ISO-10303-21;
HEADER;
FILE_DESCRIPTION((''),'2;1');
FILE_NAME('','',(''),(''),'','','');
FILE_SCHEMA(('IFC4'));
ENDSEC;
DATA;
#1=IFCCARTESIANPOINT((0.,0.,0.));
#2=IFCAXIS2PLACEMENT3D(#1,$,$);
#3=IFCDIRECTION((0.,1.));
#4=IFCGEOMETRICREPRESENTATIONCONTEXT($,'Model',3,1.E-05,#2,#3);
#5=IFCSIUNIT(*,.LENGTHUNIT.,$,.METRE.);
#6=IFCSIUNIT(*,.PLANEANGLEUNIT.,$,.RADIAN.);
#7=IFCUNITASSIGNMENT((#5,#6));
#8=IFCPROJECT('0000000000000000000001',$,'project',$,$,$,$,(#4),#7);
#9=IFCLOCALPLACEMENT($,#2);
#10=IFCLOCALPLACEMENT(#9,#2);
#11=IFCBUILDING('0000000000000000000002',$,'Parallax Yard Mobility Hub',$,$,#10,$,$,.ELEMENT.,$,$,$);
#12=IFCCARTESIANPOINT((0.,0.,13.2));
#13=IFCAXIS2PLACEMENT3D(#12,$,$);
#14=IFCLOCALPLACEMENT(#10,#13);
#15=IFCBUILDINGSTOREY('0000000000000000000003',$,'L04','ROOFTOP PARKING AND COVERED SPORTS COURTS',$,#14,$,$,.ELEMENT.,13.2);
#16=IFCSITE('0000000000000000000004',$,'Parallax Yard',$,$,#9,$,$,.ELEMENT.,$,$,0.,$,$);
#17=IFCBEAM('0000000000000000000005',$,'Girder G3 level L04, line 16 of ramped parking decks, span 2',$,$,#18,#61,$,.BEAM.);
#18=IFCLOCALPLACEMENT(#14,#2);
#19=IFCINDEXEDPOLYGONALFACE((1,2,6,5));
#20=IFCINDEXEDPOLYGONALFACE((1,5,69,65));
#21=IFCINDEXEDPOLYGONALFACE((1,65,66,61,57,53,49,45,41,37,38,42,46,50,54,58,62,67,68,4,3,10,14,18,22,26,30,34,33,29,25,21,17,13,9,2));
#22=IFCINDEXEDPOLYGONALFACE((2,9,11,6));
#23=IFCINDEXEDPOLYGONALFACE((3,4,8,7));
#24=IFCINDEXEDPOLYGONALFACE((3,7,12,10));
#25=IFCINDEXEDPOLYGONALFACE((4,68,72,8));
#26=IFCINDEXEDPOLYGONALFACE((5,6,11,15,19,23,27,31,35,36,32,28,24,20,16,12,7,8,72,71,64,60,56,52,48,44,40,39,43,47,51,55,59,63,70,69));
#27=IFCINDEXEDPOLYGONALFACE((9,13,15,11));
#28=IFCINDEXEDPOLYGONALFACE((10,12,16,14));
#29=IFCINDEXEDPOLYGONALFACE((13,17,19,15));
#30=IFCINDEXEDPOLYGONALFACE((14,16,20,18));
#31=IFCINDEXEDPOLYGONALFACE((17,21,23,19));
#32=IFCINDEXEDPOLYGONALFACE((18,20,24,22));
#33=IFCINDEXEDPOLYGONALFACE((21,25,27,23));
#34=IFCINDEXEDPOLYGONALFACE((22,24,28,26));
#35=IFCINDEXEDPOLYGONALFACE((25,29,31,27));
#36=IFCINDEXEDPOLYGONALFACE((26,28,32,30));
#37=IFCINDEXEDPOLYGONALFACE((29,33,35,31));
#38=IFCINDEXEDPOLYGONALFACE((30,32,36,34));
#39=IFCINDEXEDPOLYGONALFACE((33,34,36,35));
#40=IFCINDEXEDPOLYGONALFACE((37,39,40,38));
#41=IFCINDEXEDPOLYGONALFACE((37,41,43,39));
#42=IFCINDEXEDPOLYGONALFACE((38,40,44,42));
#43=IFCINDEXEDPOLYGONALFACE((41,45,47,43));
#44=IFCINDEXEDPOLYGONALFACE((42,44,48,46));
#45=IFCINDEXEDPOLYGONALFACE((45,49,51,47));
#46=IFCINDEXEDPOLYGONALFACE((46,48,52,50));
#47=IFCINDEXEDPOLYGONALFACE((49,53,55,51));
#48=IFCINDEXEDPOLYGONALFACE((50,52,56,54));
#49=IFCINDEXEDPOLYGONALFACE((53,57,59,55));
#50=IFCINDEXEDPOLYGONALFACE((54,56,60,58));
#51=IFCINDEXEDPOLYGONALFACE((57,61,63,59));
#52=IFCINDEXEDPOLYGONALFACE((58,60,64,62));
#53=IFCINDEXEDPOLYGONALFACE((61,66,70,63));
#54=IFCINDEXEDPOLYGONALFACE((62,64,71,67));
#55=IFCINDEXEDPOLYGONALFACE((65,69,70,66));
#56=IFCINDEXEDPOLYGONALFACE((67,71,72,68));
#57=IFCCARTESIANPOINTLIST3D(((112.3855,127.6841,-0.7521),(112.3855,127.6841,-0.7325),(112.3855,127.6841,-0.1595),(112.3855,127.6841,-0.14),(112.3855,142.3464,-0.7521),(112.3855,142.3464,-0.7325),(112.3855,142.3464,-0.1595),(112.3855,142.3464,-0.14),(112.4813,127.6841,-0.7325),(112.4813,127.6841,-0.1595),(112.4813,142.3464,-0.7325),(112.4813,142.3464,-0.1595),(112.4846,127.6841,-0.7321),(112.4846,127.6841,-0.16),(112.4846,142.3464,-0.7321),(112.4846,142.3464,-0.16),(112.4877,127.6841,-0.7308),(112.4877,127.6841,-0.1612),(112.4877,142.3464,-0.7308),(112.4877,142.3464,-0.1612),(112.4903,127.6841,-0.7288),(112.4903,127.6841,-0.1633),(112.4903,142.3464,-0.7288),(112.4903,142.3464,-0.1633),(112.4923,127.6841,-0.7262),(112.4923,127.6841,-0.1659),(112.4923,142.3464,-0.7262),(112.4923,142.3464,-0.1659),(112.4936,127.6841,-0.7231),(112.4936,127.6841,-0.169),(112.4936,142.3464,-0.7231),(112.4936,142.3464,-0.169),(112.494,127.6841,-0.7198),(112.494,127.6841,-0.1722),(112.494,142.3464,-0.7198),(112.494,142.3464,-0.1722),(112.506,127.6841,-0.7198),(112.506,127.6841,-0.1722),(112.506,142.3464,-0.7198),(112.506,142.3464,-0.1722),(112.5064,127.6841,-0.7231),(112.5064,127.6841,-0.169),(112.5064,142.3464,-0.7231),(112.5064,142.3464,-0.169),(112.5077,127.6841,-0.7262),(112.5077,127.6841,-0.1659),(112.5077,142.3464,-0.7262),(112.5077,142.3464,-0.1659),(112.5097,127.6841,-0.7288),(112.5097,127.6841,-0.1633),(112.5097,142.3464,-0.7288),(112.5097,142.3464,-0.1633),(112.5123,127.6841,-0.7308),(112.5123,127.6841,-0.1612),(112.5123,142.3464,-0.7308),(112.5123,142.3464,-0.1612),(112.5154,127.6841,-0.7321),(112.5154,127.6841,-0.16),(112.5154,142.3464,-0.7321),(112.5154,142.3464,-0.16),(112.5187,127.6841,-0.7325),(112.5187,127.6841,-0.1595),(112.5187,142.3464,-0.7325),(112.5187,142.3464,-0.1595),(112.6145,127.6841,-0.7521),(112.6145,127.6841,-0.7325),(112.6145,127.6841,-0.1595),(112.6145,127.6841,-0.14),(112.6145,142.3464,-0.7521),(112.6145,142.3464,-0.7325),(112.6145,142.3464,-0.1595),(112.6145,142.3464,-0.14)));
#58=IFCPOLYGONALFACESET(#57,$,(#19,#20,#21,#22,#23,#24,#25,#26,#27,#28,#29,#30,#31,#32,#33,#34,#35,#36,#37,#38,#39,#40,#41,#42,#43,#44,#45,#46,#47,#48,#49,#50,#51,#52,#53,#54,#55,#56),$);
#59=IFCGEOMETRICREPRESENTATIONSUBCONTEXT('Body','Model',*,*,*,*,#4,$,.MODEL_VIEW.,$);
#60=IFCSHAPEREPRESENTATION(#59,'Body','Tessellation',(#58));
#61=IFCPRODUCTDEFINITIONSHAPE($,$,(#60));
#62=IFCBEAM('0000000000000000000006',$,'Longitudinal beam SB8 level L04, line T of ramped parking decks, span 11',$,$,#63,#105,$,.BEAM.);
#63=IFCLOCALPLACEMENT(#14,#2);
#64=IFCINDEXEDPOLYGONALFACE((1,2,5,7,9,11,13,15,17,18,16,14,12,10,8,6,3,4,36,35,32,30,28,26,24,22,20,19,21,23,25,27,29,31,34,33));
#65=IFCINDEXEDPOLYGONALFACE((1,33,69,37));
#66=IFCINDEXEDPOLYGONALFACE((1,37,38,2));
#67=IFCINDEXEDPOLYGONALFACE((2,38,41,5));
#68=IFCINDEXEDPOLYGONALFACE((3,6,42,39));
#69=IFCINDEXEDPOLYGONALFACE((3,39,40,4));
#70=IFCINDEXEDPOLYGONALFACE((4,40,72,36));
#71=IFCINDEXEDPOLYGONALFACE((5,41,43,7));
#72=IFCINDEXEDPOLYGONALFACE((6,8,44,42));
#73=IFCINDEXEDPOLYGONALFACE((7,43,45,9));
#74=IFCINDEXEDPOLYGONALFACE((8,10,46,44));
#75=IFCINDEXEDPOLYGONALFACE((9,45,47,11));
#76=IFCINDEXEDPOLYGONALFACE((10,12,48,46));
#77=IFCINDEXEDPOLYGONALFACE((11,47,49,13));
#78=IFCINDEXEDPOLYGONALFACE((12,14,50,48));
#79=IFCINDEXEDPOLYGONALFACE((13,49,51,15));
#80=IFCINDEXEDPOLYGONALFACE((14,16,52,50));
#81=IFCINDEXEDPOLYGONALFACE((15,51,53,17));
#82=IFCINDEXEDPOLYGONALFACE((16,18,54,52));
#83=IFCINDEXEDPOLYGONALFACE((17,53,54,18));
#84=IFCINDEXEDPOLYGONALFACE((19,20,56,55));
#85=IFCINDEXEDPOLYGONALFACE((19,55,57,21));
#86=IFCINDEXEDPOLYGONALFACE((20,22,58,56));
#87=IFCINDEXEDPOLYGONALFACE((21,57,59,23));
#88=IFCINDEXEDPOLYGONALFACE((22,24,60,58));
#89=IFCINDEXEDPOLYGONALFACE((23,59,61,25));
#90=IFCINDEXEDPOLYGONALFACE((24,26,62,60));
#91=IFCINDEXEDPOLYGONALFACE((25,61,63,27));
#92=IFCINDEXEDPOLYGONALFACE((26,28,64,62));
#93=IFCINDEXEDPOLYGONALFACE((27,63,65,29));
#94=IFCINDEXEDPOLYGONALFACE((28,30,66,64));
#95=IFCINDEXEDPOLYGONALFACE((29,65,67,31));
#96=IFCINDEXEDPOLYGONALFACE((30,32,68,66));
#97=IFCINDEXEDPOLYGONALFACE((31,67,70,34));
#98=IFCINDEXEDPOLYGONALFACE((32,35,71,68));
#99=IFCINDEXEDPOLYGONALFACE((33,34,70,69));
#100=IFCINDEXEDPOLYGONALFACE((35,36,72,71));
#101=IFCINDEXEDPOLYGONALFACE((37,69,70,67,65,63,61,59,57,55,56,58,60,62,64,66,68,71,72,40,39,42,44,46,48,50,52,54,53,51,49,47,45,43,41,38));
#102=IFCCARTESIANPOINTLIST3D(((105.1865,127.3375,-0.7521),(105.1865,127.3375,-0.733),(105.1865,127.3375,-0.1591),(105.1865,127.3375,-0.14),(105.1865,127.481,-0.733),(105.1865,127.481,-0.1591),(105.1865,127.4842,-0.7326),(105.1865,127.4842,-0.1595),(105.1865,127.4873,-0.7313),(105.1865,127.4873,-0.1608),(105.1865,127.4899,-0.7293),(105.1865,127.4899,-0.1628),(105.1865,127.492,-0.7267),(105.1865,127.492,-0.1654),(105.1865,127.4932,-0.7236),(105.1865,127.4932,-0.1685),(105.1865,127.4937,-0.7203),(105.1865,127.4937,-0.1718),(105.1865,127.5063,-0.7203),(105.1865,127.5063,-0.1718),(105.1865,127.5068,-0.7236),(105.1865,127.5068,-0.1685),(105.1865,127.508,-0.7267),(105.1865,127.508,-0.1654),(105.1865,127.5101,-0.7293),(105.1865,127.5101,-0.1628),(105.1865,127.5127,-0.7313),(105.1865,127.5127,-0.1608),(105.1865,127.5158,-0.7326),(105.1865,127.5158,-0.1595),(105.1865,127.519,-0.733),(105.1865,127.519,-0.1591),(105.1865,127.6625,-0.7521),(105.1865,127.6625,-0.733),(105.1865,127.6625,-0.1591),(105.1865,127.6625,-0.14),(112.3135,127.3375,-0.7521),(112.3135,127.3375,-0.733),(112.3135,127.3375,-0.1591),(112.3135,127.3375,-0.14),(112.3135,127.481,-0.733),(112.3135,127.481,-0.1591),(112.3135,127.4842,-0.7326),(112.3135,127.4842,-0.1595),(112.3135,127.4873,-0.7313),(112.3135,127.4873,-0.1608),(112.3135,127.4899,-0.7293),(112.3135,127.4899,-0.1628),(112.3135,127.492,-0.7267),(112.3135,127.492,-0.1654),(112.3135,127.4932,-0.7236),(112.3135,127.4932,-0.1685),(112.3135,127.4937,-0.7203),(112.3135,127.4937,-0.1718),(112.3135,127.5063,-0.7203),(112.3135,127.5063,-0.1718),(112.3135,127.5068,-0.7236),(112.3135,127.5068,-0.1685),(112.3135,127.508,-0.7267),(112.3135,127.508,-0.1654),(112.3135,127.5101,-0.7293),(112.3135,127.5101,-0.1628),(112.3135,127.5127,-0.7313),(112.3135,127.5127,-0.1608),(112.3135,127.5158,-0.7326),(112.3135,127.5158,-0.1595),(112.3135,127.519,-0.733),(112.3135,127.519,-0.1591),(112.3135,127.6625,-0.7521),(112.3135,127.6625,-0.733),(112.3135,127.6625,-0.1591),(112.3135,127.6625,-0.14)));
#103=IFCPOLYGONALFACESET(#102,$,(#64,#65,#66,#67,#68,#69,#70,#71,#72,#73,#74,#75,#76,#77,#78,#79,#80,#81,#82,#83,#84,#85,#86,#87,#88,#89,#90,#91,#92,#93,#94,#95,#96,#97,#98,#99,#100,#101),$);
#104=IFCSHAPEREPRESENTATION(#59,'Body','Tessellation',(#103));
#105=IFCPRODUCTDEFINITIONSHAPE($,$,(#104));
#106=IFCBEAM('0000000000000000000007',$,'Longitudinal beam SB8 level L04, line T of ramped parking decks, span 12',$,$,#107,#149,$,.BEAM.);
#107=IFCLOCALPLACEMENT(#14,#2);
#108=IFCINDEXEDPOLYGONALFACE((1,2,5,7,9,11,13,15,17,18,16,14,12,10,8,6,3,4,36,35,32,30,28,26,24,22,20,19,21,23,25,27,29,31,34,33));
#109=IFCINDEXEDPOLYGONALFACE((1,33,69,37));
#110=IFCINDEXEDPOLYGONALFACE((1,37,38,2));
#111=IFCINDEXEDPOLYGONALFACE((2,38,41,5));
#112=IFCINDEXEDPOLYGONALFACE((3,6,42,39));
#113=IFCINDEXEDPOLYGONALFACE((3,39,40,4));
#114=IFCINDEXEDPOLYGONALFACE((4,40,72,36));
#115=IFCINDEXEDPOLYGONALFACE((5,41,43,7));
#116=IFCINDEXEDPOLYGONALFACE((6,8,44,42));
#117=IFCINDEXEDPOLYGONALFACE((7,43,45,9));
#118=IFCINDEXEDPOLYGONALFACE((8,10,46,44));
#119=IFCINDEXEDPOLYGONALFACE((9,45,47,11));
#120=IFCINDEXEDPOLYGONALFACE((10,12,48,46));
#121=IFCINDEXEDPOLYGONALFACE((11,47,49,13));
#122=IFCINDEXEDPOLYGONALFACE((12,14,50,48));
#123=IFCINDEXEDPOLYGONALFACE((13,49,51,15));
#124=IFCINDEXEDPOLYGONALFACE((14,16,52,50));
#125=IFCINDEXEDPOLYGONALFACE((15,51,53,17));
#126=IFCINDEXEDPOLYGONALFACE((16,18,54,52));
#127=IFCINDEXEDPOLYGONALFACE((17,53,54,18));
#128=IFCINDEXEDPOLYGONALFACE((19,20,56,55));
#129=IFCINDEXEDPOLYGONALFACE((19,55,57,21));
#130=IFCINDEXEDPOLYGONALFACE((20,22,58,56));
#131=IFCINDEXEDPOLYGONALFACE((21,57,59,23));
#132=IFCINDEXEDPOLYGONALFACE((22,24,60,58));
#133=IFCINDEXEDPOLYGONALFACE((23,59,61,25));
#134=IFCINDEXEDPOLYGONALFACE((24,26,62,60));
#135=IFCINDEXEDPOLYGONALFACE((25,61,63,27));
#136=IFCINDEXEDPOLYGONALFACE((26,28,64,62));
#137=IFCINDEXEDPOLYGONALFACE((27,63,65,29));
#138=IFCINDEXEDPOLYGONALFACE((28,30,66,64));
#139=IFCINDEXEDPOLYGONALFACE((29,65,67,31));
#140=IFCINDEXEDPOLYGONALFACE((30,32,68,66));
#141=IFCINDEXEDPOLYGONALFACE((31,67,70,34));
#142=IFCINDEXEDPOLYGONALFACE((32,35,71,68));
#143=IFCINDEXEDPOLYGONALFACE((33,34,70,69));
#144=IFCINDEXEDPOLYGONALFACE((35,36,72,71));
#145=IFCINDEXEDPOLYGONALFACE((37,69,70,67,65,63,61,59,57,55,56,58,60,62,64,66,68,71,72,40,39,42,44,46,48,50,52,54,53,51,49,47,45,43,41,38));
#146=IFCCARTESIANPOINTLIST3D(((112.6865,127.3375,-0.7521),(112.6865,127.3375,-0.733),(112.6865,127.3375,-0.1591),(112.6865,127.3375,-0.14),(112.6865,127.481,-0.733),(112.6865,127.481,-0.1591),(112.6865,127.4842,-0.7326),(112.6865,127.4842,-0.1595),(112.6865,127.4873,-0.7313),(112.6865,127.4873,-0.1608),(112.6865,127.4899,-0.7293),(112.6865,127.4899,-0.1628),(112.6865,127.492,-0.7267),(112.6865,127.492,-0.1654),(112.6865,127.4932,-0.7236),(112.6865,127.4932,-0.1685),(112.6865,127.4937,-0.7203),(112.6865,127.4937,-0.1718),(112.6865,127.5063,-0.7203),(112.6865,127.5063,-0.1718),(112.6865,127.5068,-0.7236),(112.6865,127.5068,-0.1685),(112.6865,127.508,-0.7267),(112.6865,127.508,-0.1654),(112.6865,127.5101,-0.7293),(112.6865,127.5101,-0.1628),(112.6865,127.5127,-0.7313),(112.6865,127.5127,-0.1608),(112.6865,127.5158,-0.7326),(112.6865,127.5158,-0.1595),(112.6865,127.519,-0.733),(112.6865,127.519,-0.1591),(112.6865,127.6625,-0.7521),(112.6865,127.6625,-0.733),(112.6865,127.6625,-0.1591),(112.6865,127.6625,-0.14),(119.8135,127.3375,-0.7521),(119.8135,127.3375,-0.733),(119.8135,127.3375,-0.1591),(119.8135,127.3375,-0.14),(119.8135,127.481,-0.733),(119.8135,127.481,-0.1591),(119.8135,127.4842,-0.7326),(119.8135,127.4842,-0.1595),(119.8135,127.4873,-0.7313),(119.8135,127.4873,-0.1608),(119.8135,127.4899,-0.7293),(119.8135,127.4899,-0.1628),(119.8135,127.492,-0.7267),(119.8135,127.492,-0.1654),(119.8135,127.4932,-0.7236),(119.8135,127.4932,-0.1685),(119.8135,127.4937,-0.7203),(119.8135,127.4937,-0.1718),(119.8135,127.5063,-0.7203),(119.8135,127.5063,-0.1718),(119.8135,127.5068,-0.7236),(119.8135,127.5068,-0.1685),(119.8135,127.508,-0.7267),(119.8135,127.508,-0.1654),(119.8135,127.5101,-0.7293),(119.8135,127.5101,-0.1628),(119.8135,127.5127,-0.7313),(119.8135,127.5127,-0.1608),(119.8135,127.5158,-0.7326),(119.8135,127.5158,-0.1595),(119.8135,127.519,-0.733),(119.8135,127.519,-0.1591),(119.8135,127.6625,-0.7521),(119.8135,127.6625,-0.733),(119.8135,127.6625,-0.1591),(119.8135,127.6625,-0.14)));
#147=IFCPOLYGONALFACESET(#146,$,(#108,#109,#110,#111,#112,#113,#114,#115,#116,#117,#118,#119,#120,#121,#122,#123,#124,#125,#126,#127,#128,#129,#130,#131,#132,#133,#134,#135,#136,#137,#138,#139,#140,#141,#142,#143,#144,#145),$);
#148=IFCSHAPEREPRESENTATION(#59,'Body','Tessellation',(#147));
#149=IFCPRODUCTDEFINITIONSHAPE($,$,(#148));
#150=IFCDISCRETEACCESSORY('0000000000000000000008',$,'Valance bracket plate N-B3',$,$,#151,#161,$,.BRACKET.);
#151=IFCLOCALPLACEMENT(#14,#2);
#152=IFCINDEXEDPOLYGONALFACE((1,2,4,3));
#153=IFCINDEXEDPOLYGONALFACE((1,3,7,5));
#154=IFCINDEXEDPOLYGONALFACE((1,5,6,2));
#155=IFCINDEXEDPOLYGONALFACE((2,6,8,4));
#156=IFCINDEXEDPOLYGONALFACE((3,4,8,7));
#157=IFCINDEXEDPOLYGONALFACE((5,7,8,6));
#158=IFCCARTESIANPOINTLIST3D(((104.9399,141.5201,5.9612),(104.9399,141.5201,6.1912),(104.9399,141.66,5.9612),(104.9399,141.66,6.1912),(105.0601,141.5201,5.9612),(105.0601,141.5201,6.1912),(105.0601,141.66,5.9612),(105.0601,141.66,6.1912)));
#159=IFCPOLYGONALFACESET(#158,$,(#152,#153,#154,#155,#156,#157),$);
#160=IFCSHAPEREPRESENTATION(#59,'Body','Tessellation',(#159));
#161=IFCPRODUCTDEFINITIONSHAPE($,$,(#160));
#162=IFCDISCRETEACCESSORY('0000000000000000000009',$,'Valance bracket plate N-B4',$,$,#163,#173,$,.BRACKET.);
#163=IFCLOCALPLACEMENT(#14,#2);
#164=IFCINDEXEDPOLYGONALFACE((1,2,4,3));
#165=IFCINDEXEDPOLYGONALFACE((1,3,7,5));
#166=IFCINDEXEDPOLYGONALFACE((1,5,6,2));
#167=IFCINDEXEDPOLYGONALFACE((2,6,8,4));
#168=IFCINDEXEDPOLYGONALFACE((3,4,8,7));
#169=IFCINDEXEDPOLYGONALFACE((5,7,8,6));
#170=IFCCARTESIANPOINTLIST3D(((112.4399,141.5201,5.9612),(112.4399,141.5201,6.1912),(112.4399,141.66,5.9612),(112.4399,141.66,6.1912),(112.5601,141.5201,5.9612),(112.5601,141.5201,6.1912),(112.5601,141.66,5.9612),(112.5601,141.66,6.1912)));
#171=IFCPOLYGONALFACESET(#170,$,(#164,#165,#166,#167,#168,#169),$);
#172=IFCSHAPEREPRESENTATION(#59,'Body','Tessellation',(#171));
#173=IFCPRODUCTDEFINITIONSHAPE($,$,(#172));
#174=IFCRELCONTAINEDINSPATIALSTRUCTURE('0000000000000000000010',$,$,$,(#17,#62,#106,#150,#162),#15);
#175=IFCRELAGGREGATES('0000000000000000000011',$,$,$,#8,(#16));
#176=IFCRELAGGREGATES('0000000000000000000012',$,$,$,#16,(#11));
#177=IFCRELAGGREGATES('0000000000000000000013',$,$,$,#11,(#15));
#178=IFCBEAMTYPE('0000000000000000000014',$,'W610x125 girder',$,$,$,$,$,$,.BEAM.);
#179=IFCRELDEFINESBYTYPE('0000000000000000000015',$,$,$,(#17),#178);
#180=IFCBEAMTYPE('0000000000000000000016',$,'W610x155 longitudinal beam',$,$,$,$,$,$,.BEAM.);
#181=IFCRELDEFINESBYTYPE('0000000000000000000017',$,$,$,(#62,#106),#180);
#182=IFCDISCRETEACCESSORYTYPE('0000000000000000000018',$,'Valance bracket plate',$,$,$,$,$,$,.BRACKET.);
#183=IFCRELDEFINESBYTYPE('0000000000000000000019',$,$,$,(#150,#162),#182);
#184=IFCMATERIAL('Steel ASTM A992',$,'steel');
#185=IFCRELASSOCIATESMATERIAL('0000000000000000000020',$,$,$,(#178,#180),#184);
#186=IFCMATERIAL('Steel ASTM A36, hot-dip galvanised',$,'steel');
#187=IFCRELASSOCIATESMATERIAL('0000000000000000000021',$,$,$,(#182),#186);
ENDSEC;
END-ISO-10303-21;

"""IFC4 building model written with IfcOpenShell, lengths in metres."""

from ifc_helpers import new_model, si_unit, direction, frame, origin, origin_2d, place, context, subcontext, project, spatial, rectangle, i_section, extrude, material, material_profile, profile_set, type_object, element, save


model = new_model("IFC4")

# Units and contexts
model_context = context("Model", 3, precision=1e-05, world=origin(), true_north=direction((0.0, 1.0)))
body_context = subcontext(model_context, "Body", "Model", "MODEL_VIEW")
ifc_project = project(units=[si_unit("LENGTHUNIT", "METRE"), si_unit("PLANEANGLEUNIT", "RADIAN")], contexts=[model_context])

# Site, building, storey
site_placement = place(None, origin())
site = spatial("IfcSite", under=ifc_project, at=site_placement, Name="Parallax Yard", CompositionType="ELEMENT", RefElevation=0.0)
building_placement = place(site_placement, origin())
building = spatial("IfcBuilding", under=site, at=building_placement, Name="Parallax Yard Mobility Hub", CompositionType="ELEMENT")
storey_placement = place(building_placement, frame((0.0, 0.0, 13.2)))
storey = spatial("IfcBuildingStorey", under=building, at=storey_placement, Name="L04", Description="ROOFTOP PARKING AND COVERED SPORTS COURTS", CompositionType="ELEMENT", Elevation=13.2)

# Shared definitions
ifc_material_1 = material(Name="Steel ASTM A992", Category="steel")

# Beams
ifc_material_profile_1 = material_profile(ifc_material_1, i_section(OverallWidth=0.229, OverallDepth=0.6121, WebThickness=0.012, FlangeThickness=0.0195, FilletRadius=0.0127, at=origin_2d()), Name="W610x125")
ifc_profile_set_1 = profile_set([ifc_material_profile_1], Name="Steel ASTM A992")
beam_type_1 = type_object("IfcBeamType", Name="W610x125 girder", PredefinedType="BEAM", material=ifc_profile_set_1)
for number, where, z_axis, x_axis, name in (
    (1, (112.5, 127.6841, -0.446), (0.0, 1.0, 0.0), (-1.0, 0.0, 0.0), "Girder G3 level L04, line 16 of ramped parking decks, span 2"),
):
    element("IfcBeam", number, at=place(storey_placement, frame(where, z_axis=z_axis, x_axis=x_axis)), inside=storey, type_object=beam_type_1, Name=name, PredefinedType="BEAM", context=body_context, shape_type="SweptSolid", body=[
        extrude(i_section(OverallWidth=0.229, OverallDepth=0.6121, WebThickness=0.012, FlangeThickness=0.0195, FilletRadius=0.0127, at=origin_2d()), origin(), (0.0, 0.0, 1.0), 14.6624),
    ])
ifc_material_profile_2 = material_profile(ifc_material_1, i_section(OverallWidth=0.325, OverallDepth=0.6121, WebThickness=0.0127, FlangeThickness=0.019, FilletRadius=0.0127, at=origin_2d()), Name="W610x155")
ifc_profile_set_2 = profile_set([ifc_material_profile_2], Name="Steel ASTM A992")
beam_type_2 = type_object("IfcBeamType", Name="W610x155 longitudinal beam", PredefinedType="BEAM", material=ifc_profile_set_2)
for number, where, z_axis, x_axis, name in (
    (2, (105.1865, 127.5, -0.446), (1.0, 0.0, 0.0), (0.0, 1.0, 0.0), "Longitudinal beam SB8 level L04, line T of ramped parking decks, span 11"),
    (3, (112.6865, 127.5, -0.446), (1.0, 0.0, 0.0), (0.0, 1.0, 0.0), "Longitudinal beam SB8 level L04, line T of ramped parking decks, span 12"),
):
    element("IfcBeam", number, at=place(storey_placement, frame(where, z_axis=z_axis, x_axis=x_axis)), inside=storey, type_object=beam_type_2, Name=name, PredefinedType="BEAM", context=body_context, shape_type="SweptSolid", body=[
        extrude(i_section(OverallWidth=0.325, OverallDepth=0.6121, WebThickness=0.0127, FlangeThickness=0.019, FilletRadius=0.0127, at=origin_2d()), origin(), (0.0, 0.0, 1.0), 7.127),
    ])

# Discrete accessories
ifc_material_2 = material(Name="Steel ASTM A36, hot-dip galvanised", Category="steel")
discrete_accessory_type = type_object("IfcDiscreteAccessoryType", Name="Valance bracket plate", PredefinedType="BRACKET", material=ifc_material_2)
for number, where, z_axis, x_axis, name in (
    (4, (105.0, 141.5901, 5.9612), (0.0, 0.0, 1.0), (0.0, 1.0, 0.0), "Valance bracket plate N-B3"),
    (5, (112.5, 141.5901, 5.9612), (0.0, 0.0, 1.0), (0.0, 1.0, 0.0), "Valance bracket plate N-B4"),
):
    element("IfcDiscreteAccessory", number, at=place(storey_placement, frame(where, z_axis=z_axis, x_axis=x_axis)), inside=storey, type_object=discrete_accessory_type, Name=name, PredefinedType="BRACKET", context=body_context, shape_type="SweptSolid", body=[
        extrude(rectangle(XDim=0.1399, YDim=0.1201, at=origin_2d()), origin(), (0.0, 0.0, 1.0), 0.23),
    ])

save(model, "model.ifc")
